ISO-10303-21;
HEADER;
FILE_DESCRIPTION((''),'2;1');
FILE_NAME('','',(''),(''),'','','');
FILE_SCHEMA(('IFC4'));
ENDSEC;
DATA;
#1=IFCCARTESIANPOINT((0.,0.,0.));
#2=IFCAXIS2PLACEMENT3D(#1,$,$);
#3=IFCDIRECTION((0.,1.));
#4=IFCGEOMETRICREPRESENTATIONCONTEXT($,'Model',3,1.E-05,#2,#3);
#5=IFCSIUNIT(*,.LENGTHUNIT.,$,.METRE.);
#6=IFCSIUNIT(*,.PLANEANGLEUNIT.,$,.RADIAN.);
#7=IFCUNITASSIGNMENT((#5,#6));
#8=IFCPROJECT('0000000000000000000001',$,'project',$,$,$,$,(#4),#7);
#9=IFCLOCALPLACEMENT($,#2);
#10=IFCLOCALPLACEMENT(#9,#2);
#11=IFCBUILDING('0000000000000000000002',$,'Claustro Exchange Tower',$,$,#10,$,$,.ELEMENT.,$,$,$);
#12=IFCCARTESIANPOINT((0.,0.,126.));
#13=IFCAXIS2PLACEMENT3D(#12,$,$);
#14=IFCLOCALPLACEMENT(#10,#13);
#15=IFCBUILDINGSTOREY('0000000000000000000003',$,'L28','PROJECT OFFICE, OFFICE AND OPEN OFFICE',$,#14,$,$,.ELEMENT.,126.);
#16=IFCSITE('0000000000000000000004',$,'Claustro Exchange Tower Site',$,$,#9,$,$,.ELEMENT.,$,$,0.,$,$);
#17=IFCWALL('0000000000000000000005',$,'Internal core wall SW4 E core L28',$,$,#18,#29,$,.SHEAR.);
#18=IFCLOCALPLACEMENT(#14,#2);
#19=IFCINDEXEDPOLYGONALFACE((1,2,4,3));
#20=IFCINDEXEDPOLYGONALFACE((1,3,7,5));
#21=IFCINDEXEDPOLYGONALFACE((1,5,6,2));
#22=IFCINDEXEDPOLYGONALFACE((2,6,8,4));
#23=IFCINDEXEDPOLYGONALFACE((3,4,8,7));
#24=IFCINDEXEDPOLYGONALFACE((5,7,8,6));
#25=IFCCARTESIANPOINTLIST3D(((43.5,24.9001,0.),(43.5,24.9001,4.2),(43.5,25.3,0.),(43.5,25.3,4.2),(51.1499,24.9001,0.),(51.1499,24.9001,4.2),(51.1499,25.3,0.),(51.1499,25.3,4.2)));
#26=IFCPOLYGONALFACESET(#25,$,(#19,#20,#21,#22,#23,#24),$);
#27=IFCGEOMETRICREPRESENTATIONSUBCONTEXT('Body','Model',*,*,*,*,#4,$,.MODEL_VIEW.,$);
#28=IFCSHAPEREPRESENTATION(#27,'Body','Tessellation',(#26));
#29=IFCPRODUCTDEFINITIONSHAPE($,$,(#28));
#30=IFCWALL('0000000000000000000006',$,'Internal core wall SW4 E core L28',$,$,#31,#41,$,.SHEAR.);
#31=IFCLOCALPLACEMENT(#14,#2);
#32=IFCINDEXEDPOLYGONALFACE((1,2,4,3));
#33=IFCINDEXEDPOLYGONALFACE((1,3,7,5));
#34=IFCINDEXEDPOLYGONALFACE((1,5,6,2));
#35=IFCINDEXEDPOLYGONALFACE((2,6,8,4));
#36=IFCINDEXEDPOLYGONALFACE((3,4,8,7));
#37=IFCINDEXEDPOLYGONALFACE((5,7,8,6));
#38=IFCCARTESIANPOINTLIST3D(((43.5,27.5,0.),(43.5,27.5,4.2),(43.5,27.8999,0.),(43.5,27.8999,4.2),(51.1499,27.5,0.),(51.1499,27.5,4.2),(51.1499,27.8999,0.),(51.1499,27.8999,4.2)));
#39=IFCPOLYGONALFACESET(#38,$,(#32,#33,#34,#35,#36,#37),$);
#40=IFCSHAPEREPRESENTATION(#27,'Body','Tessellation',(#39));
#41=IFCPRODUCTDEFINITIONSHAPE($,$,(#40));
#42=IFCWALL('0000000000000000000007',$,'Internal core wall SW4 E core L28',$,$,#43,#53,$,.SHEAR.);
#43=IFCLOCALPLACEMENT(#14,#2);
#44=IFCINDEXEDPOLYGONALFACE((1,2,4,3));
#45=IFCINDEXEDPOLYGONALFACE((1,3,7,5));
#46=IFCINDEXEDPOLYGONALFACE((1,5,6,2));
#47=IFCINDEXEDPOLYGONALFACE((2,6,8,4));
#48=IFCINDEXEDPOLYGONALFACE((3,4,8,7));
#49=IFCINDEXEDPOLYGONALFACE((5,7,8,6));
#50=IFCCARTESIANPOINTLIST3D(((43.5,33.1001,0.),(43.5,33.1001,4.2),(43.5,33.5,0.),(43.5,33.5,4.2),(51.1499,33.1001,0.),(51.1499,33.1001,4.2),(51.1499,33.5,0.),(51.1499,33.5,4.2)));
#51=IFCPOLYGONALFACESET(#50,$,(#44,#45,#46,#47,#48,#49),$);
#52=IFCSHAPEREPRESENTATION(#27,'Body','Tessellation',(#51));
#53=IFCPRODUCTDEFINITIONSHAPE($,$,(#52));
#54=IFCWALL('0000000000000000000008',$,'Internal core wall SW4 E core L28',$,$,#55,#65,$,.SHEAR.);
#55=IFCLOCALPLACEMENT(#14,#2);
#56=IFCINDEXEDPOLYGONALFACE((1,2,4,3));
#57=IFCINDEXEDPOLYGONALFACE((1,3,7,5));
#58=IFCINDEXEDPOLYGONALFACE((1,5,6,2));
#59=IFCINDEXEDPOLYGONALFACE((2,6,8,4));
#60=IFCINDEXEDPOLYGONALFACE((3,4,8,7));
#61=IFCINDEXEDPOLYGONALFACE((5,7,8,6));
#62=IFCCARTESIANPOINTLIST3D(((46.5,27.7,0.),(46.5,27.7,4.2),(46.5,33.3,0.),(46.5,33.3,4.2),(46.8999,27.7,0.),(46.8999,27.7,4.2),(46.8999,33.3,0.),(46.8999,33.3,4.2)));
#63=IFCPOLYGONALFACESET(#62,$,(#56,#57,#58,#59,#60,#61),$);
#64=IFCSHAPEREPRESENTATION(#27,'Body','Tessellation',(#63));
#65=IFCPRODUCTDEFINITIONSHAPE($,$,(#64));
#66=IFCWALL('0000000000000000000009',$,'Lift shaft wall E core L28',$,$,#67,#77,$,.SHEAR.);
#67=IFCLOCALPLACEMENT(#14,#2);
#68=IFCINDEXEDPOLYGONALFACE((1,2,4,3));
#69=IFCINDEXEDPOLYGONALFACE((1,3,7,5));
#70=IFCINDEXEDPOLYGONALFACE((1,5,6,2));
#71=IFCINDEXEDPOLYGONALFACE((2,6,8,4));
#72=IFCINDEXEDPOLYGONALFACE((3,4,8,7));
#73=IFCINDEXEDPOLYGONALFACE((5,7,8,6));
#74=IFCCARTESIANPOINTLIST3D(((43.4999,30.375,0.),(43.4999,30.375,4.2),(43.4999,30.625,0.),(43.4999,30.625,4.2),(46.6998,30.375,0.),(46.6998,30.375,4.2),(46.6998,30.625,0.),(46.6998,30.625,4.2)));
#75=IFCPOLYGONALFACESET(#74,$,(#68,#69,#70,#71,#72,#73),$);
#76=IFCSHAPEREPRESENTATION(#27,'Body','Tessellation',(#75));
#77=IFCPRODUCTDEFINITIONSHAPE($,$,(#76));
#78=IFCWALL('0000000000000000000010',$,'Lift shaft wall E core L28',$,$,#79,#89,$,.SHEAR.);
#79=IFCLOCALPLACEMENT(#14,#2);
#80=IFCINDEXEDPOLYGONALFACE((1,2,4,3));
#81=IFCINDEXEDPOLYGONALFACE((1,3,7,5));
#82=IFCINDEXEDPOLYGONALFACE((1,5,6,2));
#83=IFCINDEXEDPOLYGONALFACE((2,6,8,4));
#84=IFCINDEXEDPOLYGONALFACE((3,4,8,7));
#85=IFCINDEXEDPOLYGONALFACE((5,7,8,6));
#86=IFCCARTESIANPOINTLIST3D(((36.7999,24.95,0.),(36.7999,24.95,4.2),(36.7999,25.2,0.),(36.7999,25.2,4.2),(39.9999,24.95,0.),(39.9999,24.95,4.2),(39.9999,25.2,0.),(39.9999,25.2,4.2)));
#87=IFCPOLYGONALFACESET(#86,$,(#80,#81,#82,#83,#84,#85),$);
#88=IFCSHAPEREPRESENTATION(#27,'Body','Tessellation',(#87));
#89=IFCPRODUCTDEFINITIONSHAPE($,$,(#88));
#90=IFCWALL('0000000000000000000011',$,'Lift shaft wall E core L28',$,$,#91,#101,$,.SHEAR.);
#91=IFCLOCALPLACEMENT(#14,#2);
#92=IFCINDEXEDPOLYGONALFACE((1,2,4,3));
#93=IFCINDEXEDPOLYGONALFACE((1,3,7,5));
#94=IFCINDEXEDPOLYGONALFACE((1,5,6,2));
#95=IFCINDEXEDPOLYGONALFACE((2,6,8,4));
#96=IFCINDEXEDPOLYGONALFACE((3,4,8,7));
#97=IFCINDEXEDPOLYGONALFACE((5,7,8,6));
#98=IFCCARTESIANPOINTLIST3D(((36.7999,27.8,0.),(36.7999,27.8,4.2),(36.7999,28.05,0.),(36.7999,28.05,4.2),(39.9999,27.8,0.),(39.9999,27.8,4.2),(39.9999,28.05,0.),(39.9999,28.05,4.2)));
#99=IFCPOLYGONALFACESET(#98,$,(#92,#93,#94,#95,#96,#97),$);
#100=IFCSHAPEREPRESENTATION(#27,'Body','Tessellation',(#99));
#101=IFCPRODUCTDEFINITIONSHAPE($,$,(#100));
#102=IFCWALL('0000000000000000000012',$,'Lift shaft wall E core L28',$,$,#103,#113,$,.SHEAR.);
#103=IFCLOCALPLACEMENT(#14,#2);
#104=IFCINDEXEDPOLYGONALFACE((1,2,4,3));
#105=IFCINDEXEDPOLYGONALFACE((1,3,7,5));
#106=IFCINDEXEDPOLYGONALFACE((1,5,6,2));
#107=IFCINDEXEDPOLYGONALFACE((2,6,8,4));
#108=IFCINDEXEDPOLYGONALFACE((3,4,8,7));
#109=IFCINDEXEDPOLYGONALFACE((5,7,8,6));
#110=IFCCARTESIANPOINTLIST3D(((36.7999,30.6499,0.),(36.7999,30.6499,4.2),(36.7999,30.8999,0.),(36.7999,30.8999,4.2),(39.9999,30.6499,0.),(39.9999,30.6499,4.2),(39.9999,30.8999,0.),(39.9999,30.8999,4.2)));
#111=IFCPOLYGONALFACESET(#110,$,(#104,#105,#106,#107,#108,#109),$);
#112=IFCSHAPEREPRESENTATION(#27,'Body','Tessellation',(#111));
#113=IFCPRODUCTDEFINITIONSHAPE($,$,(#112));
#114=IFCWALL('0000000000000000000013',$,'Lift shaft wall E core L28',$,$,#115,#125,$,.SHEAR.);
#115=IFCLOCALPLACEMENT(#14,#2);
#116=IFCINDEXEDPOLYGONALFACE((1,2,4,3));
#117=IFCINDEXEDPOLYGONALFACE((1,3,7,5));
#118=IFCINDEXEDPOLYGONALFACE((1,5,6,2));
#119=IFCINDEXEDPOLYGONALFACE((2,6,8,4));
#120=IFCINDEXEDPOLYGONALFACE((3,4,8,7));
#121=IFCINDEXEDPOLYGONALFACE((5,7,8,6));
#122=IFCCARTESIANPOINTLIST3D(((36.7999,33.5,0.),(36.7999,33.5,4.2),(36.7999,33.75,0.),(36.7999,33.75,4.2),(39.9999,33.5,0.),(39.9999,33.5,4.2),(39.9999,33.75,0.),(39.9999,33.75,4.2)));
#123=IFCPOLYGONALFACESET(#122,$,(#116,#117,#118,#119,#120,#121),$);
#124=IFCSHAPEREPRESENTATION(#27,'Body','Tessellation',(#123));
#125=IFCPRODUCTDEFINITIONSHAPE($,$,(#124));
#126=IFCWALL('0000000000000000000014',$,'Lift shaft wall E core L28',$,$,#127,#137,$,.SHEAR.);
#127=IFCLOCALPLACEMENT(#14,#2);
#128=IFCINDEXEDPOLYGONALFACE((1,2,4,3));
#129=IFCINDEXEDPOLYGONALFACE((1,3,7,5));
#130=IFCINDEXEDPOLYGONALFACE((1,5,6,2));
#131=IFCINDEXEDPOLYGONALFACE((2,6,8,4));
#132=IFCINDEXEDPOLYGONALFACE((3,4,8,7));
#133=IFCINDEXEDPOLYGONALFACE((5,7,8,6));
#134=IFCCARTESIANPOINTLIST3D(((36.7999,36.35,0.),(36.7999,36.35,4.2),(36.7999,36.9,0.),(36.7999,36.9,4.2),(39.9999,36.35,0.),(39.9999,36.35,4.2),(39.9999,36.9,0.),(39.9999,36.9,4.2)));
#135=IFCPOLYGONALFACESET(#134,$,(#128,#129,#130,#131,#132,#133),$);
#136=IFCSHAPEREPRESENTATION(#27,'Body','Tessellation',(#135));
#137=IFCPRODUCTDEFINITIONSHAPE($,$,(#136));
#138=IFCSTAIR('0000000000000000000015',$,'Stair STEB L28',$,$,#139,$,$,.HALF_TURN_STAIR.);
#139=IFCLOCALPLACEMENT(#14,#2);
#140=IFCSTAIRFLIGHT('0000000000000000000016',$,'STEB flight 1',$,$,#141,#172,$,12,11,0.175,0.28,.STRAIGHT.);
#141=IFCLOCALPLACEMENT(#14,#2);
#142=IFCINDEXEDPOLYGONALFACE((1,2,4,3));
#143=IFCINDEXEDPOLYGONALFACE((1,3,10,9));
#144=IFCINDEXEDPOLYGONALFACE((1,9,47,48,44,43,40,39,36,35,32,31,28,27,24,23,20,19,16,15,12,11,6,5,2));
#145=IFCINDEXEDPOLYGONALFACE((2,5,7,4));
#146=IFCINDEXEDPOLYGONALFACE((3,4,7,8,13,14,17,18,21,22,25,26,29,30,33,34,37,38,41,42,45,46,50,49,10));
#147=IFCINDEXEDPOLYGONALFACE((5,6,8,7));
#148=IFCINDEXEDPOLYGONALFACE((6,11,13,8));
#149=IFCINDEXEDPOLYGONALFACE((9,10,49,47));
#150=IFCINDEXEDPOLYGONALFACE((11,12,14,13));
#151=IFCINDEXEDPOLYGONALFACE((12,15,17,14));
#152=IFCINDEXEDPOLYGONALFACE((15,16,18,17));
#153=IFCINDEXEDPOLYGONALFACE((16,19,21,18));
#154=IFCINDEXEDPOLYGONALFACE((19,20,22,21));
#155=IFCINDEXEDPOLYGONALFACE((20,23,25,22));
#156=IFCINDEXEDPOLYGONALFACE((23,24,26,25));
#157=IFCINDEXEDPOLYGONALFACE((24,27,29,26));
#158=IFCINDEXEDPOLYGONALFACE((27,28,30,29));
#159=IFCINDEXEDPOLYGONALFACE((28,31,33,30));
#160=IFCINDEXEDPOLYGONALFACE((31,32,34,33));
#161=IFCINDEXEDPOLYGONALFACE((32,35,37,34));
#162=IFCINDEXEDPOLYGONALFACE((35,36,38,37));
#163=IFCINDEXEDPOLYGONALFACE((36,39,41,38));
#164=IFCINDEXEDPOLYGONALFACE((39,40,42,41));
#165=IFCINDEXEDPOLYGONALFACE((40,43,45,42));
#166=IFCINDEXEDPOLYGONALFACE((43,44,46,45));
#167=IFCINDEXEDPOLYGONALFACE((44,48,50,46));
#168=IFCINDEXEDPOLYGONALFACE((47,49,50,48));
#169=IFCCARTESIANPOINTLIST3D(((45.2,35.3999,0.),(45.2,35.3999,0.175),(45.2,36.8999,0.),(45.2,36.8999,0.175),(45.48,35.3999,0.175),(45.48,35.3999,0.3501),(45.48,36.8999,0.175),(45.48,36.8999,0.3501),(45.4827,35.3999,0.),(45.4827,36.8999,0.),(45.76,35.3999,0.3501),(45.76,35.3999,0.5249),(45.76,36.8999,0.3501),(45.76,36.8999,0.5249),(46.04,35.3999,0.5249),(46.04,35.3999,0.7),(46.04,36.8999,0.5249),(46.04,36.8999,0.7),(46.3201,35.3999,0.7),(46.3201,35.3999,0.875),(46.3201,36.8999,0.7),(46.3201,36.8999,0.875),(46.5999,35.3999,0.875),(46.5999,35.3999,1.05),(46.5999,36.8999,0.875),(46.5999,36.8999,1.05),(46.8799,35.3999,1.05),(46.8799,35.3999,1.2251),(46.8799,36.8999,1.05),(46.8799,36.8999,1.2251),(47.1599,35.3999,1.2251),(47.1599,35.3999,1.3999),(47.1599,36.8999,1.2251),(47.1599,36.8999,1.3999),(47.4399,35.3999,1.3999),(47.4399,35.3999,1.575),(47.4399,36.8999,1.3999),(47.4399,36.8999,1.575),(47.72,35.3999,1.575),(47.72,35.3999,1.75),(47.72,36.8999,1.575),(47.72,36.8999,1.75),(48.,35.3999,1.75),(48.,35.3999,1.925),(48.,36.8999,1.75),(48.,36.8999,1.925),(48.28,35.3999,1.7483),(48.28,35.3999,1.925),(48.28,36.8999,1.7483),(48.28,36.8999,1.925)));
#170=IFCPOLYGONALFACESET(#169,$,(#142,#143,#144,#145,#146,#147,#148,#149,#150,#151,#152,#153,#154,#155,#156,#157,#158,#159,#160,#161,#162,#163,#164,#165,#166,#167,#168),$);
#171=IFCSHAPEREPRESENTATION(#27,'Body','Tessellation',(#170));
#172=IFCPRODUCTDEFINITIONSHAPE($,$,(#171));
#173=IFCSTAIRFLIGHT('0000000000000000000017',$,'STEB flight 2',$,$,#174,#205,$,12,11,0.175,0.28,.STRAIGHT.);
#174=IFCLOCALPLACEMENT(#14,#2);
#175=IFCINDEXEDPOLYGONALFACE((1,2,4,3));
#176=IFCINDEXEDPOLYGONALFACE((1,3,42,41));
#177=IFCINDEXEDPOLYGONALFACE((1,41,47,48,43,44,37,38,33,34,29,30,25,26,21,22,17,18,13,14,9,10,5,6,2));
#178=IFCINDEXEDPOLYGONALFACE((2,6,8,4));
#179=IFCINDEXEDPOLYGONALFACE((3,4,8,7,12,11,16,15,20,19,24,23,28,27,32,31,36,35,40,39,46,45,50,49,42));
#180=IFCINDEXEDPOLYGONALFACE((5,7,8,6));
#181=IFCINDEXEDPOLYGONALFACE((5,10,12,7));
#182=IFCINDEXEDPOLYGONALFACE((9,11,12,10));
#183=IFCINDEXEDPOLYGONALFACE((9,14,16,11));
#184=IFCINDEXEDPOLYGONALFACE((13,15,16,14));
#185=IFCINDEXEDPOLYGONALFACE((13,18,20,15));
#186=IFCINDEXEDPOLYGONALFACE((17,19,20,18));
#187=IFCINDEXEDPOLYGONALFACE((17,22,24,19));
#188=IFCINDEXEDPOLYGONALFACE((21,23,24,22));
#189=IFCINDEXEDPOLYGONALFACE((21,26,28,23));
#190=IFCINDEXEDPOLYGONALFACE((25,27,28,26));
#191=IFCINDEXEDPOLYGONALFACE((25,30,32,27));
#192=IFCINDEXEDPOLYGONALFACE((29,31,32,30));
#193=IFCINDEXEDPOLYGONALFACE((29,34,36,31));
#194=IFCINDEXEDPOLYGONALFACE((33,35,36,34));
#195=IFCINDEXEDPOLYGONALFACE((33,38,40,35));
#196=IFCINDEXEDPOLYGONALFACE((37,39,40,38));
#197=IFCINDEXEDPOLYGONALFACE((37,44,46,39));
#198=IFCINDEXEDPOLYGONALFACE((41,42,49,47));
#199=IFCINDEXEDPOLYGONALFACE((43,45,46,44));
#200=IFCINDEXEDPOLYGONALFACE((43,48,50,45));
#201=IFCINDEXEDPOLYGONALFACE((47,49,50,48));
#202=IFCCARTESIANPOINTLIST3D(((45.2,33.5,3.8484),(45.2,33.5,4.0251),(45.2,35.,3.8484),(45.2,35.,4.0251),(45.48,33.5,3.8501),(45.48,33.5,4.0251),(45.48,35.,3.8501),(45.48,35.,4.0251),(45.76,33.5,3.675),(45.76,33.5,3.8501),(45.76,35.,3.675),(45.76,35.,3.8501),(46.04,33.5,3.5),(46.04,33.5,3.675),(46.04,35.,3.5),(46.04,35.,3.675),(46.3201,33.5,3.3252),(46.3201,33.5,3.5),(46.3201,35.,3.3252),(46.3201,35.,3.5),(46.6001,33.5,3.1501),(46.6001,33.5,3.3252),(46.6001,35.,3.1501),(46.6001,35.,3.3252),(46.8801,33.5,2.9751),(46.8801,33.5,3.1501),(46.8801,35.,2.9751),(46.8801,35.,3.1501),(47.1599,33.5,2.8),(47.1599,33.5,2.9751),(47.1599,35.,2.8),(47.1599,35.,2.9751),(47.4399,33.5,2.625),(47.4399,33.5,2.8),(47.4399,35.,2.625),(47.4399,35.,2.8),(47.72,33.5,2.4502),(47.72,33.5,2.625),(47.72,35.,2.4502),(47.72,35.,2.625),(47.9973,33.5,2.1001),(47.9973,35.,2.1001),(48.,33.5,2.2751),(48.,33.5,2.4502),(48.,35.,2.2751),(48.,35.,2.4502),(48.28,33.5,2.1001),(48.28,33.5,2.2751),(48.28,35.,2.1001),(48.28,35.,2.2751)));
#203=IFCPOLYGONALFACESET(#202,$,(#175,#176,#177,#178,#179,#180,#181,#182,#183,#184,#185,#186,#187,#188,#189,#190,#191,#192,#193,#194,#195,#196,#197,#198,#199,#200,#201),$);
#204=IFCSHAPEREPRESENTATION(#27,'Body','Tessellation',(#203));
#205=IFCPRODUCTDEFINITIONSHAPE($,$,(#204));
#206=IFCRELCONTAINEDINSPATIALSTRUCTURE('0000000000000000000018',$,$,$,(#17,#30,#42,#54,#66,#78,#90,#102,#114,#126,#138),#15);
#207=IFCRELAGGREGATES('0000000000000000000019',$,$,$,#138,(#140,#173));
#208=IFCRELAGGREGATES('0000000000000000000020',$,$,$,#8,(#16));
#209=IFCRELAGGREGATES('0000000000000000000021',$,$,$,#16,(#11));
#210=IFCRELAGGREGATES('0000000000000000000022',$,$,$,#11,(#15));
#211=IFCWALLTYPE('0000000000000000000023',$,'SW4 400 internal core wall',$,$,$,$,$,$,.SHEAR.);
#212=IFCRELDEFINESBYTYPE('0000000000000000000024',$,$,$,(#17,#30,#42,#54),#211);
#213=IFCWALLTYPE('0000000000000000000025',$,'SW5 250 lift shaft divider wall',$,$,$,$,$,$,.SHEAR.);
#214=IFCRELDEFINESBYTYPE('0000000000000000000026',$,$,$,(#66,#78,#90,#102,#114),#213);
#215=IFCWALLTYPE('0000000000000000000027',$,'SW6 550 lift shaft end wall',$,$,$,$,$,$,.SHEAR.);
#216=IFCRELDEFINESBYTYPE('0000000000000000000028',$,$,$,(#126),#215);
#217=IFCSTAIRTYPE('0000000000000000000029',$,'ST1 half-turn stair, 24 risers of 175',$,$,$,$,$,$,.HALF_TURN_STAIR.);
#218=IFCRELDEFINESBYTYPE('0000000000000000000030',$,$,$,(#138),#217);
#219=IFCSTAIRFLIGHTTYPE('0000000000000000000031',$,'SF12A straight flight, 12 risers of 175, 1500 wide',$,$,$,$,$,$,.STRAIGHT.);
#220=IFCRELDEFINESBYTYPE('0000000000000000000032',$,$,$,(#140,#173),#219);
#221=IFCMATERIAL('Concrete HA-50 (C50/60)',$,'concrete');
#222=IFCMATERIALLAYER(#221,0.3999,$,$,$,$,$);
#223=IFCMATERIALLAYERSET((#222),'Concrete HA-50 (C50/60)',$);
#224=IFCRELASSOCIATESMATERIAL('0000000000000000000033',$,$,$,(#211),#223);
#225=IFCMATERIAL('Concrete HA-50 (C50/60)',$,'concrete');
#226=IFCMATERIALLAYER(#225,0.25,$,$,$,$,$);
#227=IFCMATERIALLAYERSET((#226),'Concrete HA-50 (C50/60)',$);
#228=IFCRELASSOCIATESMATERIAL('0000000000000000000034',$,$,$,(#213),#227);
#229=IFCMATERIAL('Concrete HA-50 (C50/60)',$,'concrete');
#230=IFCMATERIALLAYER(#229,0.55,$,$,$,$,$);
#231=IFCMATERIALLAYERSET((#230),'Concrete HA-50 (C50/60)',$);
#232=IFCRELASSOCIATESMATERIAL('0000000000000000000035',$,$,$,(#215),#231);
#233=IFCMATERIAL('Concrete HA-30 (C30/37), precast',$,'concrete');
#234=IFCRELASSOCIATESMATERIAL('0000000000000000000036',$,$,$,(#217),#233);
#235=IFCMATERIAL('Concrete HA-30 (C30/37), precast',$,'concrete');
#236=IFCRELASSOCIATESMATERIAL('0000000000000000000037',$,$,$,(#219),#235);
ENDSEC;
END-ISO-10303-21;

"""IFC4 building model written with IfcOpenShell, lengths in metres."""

from ifc_helpers import new_model, si_unit, direction, frame, frame_2d, origin, place, context, subcontext, project, spatial, polyline, rectangle, outline, extrude, material, layer, layer_set, type_object, element, aggregate, save


model = new_model("IFC4")

# Units and contexts
model_context = context("Model", 3, precision=1e-05, world=origin(), true_north=direction((0.0, 1.0)))
body_context = subcontext(model_context, "Body", "Model", "MODEL_VIEW")
ifc_project = project(units=[si_unit("LENGTHUNIT", "METRE"), si_unit("PLANEANGLEUNIT", "RADIAN")], contexts=[model_context])

# Site, building, storey
site_placement = place(None, origin())
site = spatial("IfcSite", under=ifc_project, at=site_placement, Name="Claustro Exchange Tower Site", CompositionType="ELEMENT", RefElevation=0.0)
building_placement = place(site_placement, origin())
building = spatial("IfcBuilding", under=site, at=building_placement, Name="Claustro Exchange Tower", CompositionType="ELEMENT")
storey_placement = place(building_placement, frame((0.0, 0.0, 126.0)))
storey = spatial("IfcBuildingStorey", under=building, at=storey_placement, Name="L28", Description="PROJECT OFFICE, OFFICE AND OPEN OFFICE", CompositionType="ELEMENT", Elevation=126.0)

# Walls
ifc_material_1 = material(Name="Concrete HA-50 (C50/60)", Category="concrete")
ifc_layer_1 = layer(ifc_material_1, 0.3999)
ifc_layer_set_1 = layer_set([ifc_layer_1], Name="Concrete HA-50 (C50/60)")
wall_type_1 = type_object("IfcWallType", Name="SW4 400 internal core wall", PredefinedType="SHEAR", material=ifc_layer_set_1)
for number, where, z_axis, x_axis, name in (
    (1, (51.1499, 25.1001, 0.0), (0.0, 0.0, 1.0), (-1.0, 0.0, 0.0), "Internal core wall SW4 E core L28"),
    (2, (51.1499, 27.7, 0.0), (0.0, 0.0, 1.0), (-1.0, 0.0, 0.0), "Internal core wall SW4 E core L28"),
    (3, (51.1499, 33.3, 0.0), (0.0, 0.0, 1.0), (-1.0, 0.0, 0.0), "Internal core wall SW4 E core L28"),
):
    element("IfcWall", number, at=place(storey_placement, frame(where, z_axis=z_axis, x_axis=x_axis)), inside=storey, type_object=wall_type_1, Name=name, PredefinedType="SHEAR", context=body_context, shape_type="SweptSolid", body=[
        extrude(rectangle(XDim=7.6499, YDim=0.3999, at=frame_2d((3.825, 0.0))), origin(), (0.0, 0.0, 1.0), 4.2),
    ])
wall_1_placement = place(storey_placement, frame((46.7, 27.7, 0.0), z_axis=(0.0, 0.0, 1.0), x_axis=(0.0, 1.0, 0.0)))
element("IfcWall", 4, at=wall_1_placement, inside=storey, type_object=wall_type_1, Name="Internal core wall SW4 E core L28", PredefinedType="SHEAR", context=body_context, shape_type="SweptSolid", body=[
    extrude(rectangle(XDim=5.6001, YDim=0.3999, at=frame_2d((2.8, 0.0))), origin(), (0.0, 0.0, 1.0), 4.2),
])
ifc_material_2 = material(Name="Concrete HA-50 (C50/60)", Category="concrete")
ifc_layer_2 = layer(ifc_material_2, 0.25)
ifc_layer_set_2 = layer_set([ifc_layer_2], Name="Concrete HA-50 (C50/60)")
wall_type_2 = type_object("IfcWallType", Name="SW5 250 lift shaft divider wall", PredefinedType="SHEAR", material=ifc_layer_set_2)
for number, where, z_axis, x_axis, name in (
    (5, (46.7, 30.5, 0.0), (0.0, 0.0, 1.0), (-1.0, 0.0, 0.0), "Lift shaft wall E core L28"),
    (6, (40.0, 25.075, 0.0), (0.0, 0.0, 1.0), (-1.0, 0.0, 0.0), "Lift shaft wall E core L28"),
    (7, (40.0, 27.925, 0.0), (0.0, 0.0, 1.0), (-1.0, 0.0, 0.0), "Lift shaft wall E core L28"),
    (8, (40.0, 30.7749, 0.0), (0.0, 0.0, 1.0), (-1.0, 0.0, 0.0), "Lift shaft wall E core L28"),
    (9, (40.0, 33.625, 0.0), (0.0, 0.0, 1.0), (-1.0, 0.0, 0.0), "Lift shaft wall E core L28"),
):
    element("IfcWall", number, at=place(storey_placement, frame(where, z_axis=z_axis, x_axis=x_axis)), inside=storey, type_object=wall_type_2, Name=name, PredefinedType="SHEAR", context=body_context, shape_type="SweptSolid", body=[
        extrude(rectangle(XDim=3.2, YDim=0.25, at=frame_2d((1.6001, 0.0))), origin(), (0.0, 0.0, 1.0), 4.2),
    ])
ifc_material_3 = material(Name="Concrete HA-50 (C50/60)", Category="concrete")
ifc_layer_3 = layer(ifc_material_3, 0.55)
ifc_layer_set_3 = layer_set([ifc_layer_3], Name="Concrete HA-50 (C50/60)")
wall_type_3 = type_object("IfcWallType", Name="SW6 550 lift shaft end wall", PredefinedType="SHEAR", material=ifc_layer_set_3)
wall_2_placement = place(storey_placement, frame((40.0, 36.625, 0.0), z_axis=(0.0, 0.0, 1.0), x_axis=(-1.0, 0.0, 0.0)))
element("IfcWall", 10, at=wall_2_placement, inside=storey, type_object=wall_type_3, Name="Lift shaft wall E core L28", PredefinedType="SHEAR", context=body_context, shape_type="SweptSolid", body=[
    extrude(rectangle(XDim=3.2, YDim=0.55, at=frame_2d((1.6001, 0.0))), origin(), (0.0, 0.0, 1.0), 4.2),
])

# Stair, stair flights
ifc_material_4 = material(Name="Concrete HA-30 (C30/37), precast", Category="concrete")
stair_type = type_object("IfcStairType", Name="ST1 half-turn stair, 24 risers of 175", PredefinedType="HALF_TURN_STAIR", material=ifc_material_4)
stair_placement = place(storey_placement, origin())
stair = element("IfcStair", 11, at=stair_placement, inside=storey, type_object=stair_type, Name="Stair STEB L28", PredefinedType="HALF_TURN_STAIR")
ifc_material_5 = material(Name="Concrete HA-30 (C30/37), precast", Category="concrete")
stair_flight_type = type_object("IfcStairFlightType", Name="SF12A straight flight, 12 risers of 175, 1500 wide", PredefinedType="STRAIGHT", material=ifc_material_5)
stair_flight_1_placement = place(storey_placement, frame((45.2, 36.1499, 0.0), z_axis=(0.0, 0.0, 1.0), x_axis=(1.0, 0.0, 0.0)))
stair_flight_1 = element("IfcStairFlight", 12, at=stair_flight_1_placement, type_object=stair_flight_type, Name="STEB flight 1", NumberOfRisers=12, NumberOfTreads=11, PredefinedType="STRAIGHT", RiserHeight=0.175, TreadLength=0.28, context=body_context, shape_type="SweptSolid", body=[
    extrude(outline(polyline([(0.0, 0.0), (0.0, 0.175), (0.28, 0.175), (0.28, 0.3501), (0.5601, 0.3501), (0.5601, 0.5249), (0.8401, 0.5249), (0.8401, 0.7), (1.1201, 0.7), (1.1201, 0.875), (1.3999, 0.875), (1.3999, 1.05), (1.6799, 1.05), (1.6799, 1.2251), (1.96, 1.2251), (1.96, 1.3999), (2.24, 1.3999), (2.24, 1.575), (2.52, 1.575), (2.52, 1.75), (2.8, 1.75), (2.8, 1.925), (3.0801, 1.925), (3.0801, 2.1001), (3.0801, 1.7483), (0.2827, 0.0), (0.0, 0.0)])), frame((0.0, 0.75, 0.0), z_axis=(0.0, -1.0, 0.0), x_axis=(1.0, 0.0, 0.0)), (0.0, 0.0, 1.0), 1.5),
])
stair_flight_2_placement = place(storey_placement, frame((48.28, 34.25, 2.1001), z_axis=(0.0, 0.0, 1.0), x_axis=(-1.0, 0.0, 0.0)))
stair_flight_2 = element("IfcStairFlight", 13, at=stair_flight_2_placement, type_object=stair_flight_type, Name="STEB flight 2", NumberOfRisers=12, NumberOfTreads=11, PredefinedType="STRAIGHT", RiserHeight=0.175, TreadLength=0.28, context=body_context, shape_type="SweptSolid", body=[
    extrude(outline(polyline([(0.0, 0.0), (0.0, 0.175), (0.28, 0.175), (0.28, 0.3501), (0.5601, 0.3501), (0.5601, 0.5249), (0.8401, 0.5249), (0.8401, 0.7), (1.1201, 0.7), (1.1201, 0.875), (1.3999, 0.875), (1.3999, 1.05), (1.6799, 1.05), (1.6799, 1.2251), (1.96, 1.2251), (1.96, 1.3999), (2.24, 1.3999), (2.24, 1.575), (2.52, 1.575), (2.52, 1.75), (2.8, 1.75), (2.8, 1.925), (3.0801, 1.925), (3.0801, 2.1001), (3.0801, 1.7483), (0.2827, 0.0), (0.0, 0.0)])), frame((0.0, 0.75, 0.0), z_axis=(0.0, -1.0, 0.0), x_axis=(1.0, 0.0, 0.0)), (0.0, 0.0, 1.0), 1.5),
])
aggregate(stair, [stair_flight_1, stair_flight_2])

save(model, "model.ifc")
